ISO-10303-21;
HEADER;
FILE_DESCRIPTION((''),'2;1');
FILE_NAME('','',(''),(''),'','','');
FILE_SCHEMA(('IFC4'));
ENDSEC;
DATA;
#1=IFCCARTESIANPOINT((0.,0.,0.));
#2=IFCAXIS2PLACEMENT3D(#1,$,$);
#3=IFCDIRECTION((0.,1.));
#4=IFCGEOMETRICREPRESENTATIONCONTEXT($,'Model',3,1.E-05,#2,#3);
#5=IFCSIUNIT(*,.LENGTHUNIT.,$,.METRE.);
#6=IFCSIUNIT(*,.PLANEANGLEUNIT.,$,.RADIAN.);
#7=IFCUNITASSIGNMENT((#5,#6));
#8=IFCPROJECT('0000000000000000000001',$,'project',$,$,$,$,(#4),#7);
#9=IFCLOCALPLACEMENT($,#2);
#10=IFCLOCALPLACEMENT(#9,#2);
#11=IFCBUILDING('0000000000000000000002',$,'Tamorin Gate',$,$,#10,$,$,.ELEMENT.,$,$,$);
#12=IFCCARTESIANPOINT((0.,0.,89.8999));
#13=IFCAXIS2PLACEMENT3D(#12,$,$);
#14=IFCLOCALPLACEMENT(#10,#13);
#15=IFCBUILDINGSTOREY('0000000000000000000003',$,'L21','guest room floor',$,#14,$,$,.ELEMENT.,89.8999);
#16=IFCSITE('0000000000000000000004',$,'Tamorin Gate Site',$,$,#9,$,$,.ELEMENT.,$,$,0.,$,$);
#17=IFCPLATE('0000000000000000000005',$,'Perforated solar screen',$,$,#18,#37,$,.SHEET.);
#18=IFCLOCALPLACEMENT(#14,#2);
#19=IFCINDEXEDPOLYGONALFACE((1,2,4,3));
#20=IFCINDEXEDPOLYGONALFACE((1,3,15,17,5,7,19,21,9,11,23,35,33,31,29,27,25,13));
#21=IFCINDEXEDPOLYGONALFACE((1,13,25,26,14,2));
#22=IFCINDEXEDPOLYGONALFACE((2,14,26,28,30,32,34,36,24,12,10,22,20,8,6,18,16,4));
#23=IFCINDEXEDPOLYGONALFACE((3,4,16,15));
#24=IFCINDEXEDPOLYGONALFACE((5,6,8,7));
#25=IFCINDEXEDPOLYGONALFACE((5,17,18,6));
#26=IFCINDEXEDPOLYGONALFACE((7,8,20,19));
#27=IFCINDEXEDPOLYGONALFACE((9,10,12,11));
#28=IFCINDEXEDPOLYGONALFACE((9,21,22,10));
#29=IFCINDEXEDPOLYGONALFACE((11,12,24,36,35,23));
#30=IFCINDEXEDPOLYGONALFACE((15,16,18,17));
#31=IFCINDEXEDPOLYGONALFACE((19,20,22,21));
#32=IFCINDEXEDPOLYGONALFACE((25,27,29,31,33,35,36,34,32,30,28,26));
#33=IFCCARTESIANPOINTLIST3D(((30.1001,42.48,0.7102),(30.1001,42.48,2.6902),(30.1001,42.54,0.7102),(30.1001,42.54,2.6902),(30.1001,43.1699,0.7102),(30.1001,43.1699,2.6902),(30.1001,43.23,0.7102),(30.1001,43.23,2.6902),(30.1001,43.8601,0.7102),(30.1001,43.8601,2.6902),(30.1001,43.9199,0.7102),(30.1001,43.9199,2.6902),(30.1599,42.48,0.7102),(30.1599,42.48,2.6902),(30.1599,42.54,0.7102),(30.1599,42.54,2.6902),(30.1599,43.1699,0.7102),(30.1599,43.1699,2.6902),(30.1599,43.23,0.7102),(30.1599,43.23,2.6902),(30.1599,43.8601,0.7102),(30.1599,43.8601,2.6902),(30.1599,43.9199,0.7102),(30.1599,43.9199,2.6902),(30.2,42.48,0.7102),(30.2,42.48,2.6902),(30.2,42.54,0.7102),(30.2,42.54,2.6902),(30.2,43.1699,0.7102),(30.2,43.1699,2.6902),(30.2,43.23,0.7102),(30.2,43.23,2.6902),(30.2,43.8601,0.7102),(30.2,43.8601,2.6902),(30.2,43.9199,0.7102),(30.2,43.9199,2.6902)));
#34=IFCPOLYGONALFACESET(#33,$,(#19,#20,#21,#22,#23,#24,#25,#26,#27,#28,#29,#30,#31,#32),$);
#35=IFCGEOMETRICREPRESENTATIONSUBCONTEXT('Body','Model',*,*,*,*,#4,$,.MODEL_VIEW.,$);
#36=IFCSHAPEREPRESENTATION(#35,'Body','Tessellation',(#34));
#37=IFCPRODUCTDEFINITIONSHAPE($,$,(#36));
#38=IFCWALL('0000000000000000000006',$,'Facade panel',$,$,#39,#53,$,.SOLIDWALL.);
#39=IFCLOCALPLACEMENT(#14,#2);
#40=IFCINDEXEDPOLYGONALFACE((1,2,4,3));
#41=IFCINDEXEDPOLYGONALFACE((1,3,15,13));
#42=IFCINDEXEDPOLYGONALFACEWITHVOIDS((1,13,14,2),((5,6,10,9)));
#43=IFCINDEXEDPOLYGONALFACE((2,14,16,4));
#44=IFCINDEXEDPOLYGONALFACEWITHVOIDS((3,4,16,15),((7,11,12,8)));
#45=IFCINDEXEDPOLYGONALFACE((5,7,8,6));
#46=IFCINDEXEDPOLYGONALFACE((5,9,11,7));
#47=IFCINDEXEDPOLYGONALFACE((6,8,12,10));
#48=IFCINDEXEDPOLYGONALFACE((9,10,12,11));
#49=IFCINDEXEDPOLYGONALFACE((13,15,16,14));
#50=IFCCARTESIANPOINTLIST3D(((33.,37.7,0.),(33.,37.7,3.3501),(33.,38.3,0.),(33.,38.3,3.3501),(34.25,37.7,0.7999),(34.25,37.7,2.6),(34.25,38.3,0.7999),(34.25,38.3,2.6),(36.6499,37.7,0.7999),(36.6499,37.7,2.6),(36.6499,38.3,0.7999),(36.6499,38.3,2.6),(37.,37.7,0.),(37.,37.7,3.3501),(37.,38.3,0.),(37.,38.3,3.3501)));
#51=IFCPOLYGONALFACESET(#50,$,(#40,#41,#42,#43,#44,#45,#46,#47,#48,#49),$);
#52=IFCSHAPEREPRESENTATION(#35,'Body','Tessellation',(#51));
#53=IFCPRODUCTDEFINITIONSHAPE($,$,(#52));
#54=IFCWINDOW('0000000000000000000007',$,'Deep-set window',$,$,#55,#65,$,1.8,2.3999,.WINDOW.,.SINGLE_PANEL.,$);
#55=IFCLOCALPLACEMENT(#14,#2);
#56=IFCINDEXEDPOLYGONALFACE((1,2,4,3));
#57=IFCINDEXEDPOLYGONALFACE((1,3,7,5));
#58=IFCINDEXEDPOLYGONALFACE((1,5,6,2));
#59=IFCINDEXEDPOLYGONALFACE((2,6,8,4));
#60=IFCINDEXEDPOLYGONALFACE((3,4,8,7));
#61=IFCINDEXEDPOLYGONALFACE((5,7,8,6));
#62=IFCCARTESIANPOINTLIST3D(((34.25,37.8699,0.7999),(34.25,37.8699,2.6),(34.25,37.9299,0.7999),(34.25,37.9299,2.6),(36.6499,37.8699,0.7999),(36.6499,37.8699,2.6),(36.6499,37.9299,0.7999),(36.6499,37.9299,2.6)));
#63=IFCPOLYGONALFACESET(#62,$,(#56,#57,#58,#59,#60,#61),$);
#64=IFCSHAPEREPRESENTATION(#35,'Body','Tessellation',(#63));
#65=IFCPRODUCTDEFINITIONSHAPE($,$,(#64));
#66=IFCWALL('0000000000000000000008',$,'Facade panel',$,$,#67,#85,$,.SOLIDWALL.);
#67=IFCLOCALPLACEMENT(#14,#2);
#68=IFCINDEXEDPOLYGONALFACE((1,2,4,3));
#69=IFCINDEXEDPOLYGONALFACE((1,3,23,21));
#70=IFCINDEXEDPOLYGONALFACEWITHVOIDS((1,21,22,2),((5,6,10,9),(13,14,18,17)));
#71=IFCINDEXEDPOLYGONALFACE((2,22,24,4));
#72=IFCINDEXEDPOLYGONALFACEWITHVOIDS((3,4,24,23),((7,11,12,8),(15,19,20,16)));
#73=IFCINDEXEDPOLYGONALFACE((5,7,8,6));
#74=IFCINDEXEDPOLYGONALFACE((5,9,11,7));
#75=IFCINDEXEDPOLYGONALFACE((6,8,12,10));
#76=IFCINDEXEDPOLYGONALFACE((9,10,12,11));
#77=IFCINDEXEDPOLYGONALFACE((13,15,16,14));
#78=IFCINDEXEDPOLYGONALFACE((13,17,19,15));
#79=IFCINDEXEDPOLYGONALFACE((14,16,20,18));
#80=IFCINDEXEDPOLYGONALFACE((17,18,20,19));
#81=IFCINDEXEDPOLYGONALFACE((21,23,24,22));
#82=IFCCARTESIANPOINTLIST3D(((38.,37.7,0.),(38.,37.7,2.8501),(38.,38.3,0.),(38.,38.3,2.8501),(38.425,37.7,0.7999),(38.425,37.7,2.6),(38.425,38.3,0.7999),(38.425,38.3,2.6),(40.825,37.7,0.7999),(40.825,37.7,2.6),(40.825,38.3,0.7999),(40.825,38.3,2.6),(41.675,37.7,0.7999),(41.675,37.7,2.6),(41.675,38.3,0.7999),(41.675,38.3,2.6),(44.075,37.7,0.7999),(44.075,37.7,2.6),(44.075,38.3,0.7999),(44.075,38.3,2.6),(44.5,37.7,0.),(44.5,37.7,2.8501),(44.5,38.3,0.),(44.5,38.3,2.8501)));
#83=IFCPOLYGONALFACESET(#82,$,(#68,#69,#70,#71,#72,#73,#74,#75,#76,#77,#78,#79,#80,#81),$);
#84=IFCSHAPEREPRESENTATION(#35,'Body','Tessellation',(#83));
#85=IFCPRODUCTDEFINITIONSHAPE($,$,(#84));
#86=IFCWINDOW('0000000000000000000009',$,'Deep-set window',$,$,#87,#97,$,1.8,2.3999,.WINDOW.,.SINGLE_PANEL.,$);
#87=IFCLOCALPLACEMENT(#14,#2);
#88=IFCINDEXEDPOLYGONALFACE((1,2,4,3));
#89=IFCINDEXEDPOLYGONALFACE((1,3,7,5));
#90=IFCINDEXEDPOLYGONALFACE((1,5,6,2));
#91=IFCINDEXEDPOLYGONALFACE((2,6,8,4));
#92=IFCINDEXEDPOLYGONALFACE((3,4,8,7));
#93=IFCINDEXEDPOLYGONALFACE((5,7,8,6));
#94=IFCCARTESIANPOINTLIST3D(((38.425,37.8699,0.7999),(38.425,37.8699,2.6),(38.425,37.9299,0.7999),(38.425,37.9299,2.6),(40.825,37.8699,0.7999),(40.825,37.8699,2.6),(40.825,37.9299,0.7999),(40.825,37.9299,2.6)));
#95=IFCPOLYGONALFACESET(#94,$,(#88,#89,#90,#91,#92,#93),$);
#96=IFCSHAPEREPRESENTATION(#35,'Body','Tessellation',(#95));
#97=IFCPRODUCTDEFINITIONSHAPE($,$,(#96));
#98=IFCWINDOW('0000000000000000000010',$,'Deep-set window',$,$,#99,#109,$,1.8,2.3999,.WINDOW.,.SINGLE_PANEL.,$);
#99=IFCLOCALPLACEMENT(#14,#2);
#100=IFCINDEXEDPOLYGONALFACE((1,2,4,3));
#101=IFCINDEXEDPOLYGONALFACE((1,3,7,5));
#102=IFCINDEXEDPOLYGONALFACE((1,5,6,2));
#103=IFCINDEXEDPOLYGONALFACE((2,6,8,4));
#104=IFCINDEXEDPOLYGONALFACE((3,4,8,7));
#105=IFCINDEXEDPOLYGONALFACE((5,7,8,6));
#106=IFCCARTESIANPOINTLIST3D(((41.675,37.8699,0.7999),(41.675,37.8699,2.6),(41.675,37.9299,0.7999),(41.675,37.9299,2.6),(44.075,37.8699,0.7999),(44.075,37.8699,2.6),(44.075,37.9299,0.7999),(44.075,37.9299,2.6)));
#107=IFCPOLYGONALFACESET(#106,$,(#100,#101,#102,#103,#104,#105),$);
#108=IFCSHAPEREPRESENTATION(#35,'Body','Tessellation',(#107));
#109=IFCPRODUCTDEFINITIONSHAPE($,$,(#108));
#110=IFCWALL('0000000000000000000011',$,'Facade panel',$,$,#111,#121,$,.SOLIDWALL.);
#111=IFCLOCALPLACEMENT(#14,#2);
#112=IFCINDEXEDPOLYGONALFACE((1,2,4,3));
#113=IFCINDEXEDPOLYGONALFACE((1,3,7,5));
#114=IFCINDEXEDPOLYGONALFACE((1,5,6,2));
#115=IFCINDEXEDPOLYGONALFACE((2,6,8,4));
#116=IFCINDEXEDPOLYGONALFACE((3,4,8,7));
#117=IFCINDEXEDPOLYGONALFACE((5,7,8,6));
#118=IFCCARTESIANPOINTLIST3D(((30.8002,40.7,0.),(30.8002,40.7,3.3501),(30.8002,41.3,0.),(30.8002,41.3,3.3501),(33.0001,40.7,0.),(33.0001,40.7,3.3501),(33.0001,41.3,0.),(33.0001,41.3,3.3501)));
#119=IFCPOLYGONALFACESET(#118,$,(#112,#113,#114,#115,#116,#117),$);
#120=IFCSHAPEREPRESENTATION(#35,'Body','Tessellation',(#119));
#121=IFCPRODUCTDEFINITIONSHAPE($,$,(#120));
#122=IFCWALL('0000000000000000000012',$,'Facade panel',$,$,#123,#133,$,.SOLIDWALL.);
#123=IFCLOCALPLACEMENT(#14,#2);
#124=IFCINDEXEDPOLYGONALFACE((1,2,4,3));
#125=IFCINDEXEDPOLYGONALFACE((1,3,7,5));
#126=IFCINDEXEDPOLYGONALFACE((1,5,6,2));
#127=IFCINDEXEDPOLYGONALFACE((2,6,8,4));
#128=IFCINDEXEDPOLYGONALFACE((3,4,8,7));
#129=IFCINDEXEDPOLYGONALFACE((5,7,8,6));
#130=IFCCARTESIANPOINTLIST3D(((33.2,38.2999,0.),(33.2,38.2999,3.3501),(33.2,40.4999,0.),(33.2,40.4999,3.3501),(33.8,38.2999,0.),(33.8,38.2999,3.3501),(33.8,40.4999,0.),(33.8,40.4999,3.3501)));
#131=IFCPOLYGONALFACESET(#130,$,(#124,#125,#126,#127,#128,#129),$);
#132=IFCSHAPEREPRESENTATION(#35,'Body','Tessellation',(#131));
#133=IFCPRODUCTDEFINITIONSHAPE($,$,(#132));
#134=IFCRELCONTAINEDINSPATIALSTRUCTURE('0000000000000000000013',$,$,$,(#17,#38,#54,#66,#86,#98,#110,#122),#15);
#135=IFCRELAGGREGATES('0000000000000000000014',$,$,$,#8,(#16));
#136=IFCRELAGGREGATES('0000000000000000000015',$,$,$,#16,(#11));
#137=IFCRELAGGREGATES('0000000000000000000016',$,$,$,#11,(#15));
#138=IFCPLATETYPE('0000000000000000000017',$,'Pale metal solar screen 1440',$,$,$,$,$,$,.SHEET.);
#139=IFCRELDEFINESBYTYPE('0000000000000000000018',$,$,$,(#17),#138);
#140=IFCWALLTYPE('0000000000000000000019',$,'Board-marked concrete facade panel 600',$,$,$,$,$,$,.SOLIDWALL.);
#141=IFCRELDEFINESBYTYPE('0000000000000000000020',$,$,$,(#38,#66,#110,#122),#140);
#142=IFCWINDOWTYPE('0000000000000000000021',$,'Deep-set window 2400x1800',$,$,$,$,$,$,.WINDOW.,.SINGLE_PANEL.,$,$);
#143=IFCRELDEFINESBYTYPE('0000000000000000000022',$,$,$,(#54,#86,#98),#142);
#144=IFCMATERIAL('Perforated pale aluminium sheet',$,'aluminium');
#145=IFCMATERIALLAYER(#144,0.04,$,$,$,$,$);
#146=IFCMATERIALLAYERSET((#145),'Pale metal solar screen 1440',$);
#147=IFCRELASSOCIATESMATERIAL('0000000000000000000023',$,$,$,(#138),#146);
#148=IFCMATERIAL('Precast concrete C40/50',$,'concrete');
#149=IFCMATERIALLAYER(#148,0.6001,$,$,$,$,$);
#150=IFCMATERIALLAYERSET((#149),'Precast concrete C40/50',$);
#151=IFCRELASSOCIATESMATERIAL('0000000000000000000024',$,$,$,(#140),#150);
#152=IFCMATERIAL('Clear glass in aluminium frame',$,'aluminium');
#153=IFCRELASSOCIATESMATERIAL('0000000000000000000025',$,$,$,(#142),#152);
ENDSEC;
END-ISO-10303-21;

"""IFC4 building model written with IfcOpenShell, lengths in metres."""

from ifc_helpers import new_model, si_unit, direction, frame, frame_2d, origin, place, context, subcontext, project, spatial, polyline, rectangle, outline, extrude, material, layer, layer_set, type_object, element, fill, save


model = new_model("IFC4")

# Units and contexts
model_context = context("Model", 3, precision=1e-05, world=origin(), true_north=direction((0.0, 1.0)))
body_context = subcontext(model_context, "Body", "Model", "MODEL_VIEW")
ifc_project = project(units=[si_unit("LENGTHUNIT", "METRE"), si_unit("PLANEANGLEUNIT", "RADIAN")], contexts=[model_context])

# Site, building, storey
site_placement = place(None, origin())
site = spatial("IfcSite", under=ifc_project, at=site_placement, Name="Tamorin Gate Site", CompositionType="ELEMENT", RefElevation=0.0)
building_placement = place(site_placement, origin())
building = spatial("IfcBuilding", under=site, at=building_placement, Name="Tamorin Gate", CompositionType="ELEMENT")
storey_placement = place(building_placement, frame((0.0, 0.0, 89.8999)))
storey = spatial("IfcBuildingStorey", under=building, at=storey_placement, Name="L21", Description="guest room floor", CompositionType="ELEMENT", Elevation=89.8999)

# Plate
ifc_material_1 = material(Name="Perforated pale aluminium sheet", Category="aluminium")
ifc_layer_1 = layer(ifc_material_1, 0.04)
ifc_layer_set_1 = layer_set([ifc_layer_1], Name="Pale metal solar screen 1440")
plate_type = type_object("IfcPlateType", Name="Pale metal solar screen 1440", PredefinedType="SHEET", material=ifc_layer_set_1)
plate_1_placement = place(storey_placement, frame((0.0, 0.0, 0.7102)))
element("IfcPlate", 1, at=plate_1_placement, inside=storey, type_object=plate_type, Name="Perforated solar screen", PredefinedType="SHEET", context=body_context, shape_type="SweptSolid", body=[
    extrude(outline(polyline([(30.1599, 43.9199), (30.2, 43.9199), (30.2, 43.8601), (30.2, 43.23), (30.2, 43.1699), (30.2, 42.54), (30.2, 42.48), (30.1599, 42.48), (30.1001, 42.48), (30.1001, 42.54), (30.1599, 42.54), (30.1599, 43.1699), (30.1001, 43.1699), (30.1001, 43.23), (30.1599, 43.23), (30.1599, 43.8601), (30.1001, 43.8601), (30.1001, 43.9199), (30.1599, 43.9199)])), origin(), (0.0, 0.0, 1.0), 1.98),
])

# Wall, opening, window
ifc_material_2 = material(Name="Precast concrete C40/50", Category="concrete")
ifc_layer_2 = layer(ifc_material_2, 0.6001)
ifc_layer_set_2 = layer_set([ifc_layer_2], Name="Precast concrete C40/50")
wall_type = type_object("IfcWallType", Name="Board-marked concrete facade panel 600", PredefinedType="SOLIDWALL", material=ifc_layer_set_2)
wall_1_placement = place(storey_placement, frame((33.0, 38.0, 0.0), z_axis=(0.0, 0.0, 1.0), x_axis=(1.0, 0.0, 0.0)))
wall_1 = element("IfcWall", 2, at=wall_1_placement, inside=storey, type_object=wall_type, Name="Facade panel", PredefinedType="SOLIDWALL", context=body_context, shape_type="SweptSolid", body=[
    extrude(rectangle(XDim=4.0, YDim=0.6001, at=frame_2d((2.0, 0.0))), origin(), (0.0, 0.0, 1.0), 3.3501),
])
opening_1_placement = place(wall_1_placement, frame((1.25, 0.0, 0.8)))
opening_1 = element("IfcOpeningElement", 3, at=opening_1_placement, cuts=wall_1, PredefinedType="OPENING", context=body_context, shape_type="SweptSolid", body=[
    extrude(rectangle(XDim=2.3999, YDim=1.8, at=frame_2d((1.2, 0.8999))), frame((0.0, 0.3101, 0.0), z_axis=(0.0, -1.0, 0.0), x_axis=(1.0, 0.0, 0.0)), (0.0, 0.0, 1.0), 0.6201),
])
ifc_material_3 = material(Name="Clear glass in aluminium frame", Category="aluminium")
window_type = type_object("IfcWindowType", Name="Deep-set window 2400x1800", PartitioningType="SINGLE_PANEL", PredefinedType="WINDOW", material=ifc_material_3)
window_1_placement = place(opening_1_placement, origin())
window_1 = element("IfcWindow", 4, at=window_1_placement, inside=storey, type_object=window_type, Name="Deep-set window", OverallHeight=1.8, OverallWidth=2.3999, PartitioningType="SINGLE_PANEL", PredefinedType="WINDOW", context=body_context, shape_type="SweptSolid", body=[
    extrude(rectangle(XDim=2.3999, YDim=1.8, at=frame_2d((1.2, 0.8999))), frame((0.0, -0.0701, 0.0), z_axis=(0.0, -1.0, 0.0), x_axis=(1.0, 0.0, 0.0)), (0.0, 0.0, 1.0), 0.0601),
])
fill(opening_1, window_1)

# Wall, openings, windows
wall_2_placement = place(storey_placement, frame((38.0, 38.0, 0.0), z_axis=(0.0, 0.0, 1.0), x_axis=(1.0, 0.0, 0.0)))
wall_2 = element("IfcWall", 5, at=wall_2_placement, inside=storey, type_object=wall_type, Name="Facade panel", PredefinedType="SOLIDWALL", context=body_context, shape_type="SweptSolid", body=[
    extrude(rectangle(XDim=6.5, YDim=0.6001, at=frame_2d((3.25, 0.0))), origin(), (0.0, 0.0, 1.0), 2.8501),
])
opening_2_placement = place(wall_2_placement, frame((0.425, 0.0, 0.8)))
opening_2 = element("IfcOpeningElement", 6, at=opening_2_placement, cuts=wall_2, PredefinedType="OPENING", context=body_context, shape_type="SweptSolid", body=[
    extrude(rectangle(XDim=2.3999, YDim=1.8, at=frame_2d((1.2, 0.8999))), frame((0.0, 0.3101, 0.0), z_axis=(0.0, -1.0, 0.0), x_axis=(1.0, 0.0, 0.0)), (0.0, 0.0, 1.0), 0.6201),
])
opening_3_placement = place(wall_2_placement, frame((3.675, 0.0, 0.8)))
opening_3 = element("IfcOpeningElement", 7, at=opening_3_placement, cuts=wall_2, PredefinedType="OPENING", context=body_context, shape_type="SweptSolid", body=[
    extrude(rectangle(XDim=2.3999, YDim=1.8, at=frame_2d((1.2, 0.8999))), frame((0.0, 0.3101, 0.0), z_axis=(0.0, -1.0, 0.0), x_axis=(1.0, 0.0, 0.0)), (0.0, 0.0, 1.0), 0.6201),
])
window_2_placement = place(opening_2_placement, origin())
window_2 = element("IfcWindow", 8, at=window_2_placement, inside=storey, type_object=window_type, Name="Deep-set window", OverallHeight=1.8, OverallWidth=2.3999, PartitioningType="SINGLE_PANEL", PredefinedType="WINDOW", context=body_context, shape_type="SweptSolid", body=[
    extrude(rectangle(XDim=2.3999, YDim=1.8, at=frame_2d((1.2, 0.8999))), frame((0.0, -0.0701, 0.0), z_axis=(0.0, -1.0, 0.0), x_axis=(1.0, 0.0, 0.0)), (0.0, 0.0, 1.0), 0.0601),
])
fill(opening_2, window_2)
window_3_placement = place(opening_3_placement, origin())
window_3 = element("IfcWindow", 9, at=window_3_placement, inside=storey, type_object=window_type, Name="Deep-set window", OverallHeight=1.8, OverallWidth=2.3999, PartitioningType="SINGLE_PANEL", PredefinedType="WINDOW", context=body_context, shape_type="SweptSolid", body=[
    extrude(rectangle(XDim=2.3999, YDim=1.8, at=frame_2d((1.2, 0.8999))), frame((0.0, -0.0701, 0.0), z_axis=(0.0, -1.0, 0.0), x_axis=(1.0, 0.0, 0.0)), (0.0, 0.0, 1.0), 0.0601),
])
fill(opening_3, window_3)

# Walls
for number, where, z_axis, x_axis, name in (
    (10, (30.8, 41.0, 0.0), (0.0, 0.0, 1.0), (1.0, 0.0, 0.0), "Facade panel"),
    (11, (33.5, 40.5, 0.0), (0.0, 0.0, 1.0), (0.0, -1.0, 0.0), "Facade panel"),
):
    element("IfcWall", number, at=place(storey_placement, frame(where, z_axis=z_axis, x_axis=x_axis)), inside=storey, type_object=wall_type, Name=name, PredefinedType="SOLIDWALL", context=body_context, shape_type="SweptSolid", body=[
        extrude(rectangle(XDim=2.2, YDim=0.6001, at=frame_2d((1.1001, 0.0))), origin(), (0.0, 0.0, 1.0), 3.3501),
    ])

save(model, "model.ifc")
